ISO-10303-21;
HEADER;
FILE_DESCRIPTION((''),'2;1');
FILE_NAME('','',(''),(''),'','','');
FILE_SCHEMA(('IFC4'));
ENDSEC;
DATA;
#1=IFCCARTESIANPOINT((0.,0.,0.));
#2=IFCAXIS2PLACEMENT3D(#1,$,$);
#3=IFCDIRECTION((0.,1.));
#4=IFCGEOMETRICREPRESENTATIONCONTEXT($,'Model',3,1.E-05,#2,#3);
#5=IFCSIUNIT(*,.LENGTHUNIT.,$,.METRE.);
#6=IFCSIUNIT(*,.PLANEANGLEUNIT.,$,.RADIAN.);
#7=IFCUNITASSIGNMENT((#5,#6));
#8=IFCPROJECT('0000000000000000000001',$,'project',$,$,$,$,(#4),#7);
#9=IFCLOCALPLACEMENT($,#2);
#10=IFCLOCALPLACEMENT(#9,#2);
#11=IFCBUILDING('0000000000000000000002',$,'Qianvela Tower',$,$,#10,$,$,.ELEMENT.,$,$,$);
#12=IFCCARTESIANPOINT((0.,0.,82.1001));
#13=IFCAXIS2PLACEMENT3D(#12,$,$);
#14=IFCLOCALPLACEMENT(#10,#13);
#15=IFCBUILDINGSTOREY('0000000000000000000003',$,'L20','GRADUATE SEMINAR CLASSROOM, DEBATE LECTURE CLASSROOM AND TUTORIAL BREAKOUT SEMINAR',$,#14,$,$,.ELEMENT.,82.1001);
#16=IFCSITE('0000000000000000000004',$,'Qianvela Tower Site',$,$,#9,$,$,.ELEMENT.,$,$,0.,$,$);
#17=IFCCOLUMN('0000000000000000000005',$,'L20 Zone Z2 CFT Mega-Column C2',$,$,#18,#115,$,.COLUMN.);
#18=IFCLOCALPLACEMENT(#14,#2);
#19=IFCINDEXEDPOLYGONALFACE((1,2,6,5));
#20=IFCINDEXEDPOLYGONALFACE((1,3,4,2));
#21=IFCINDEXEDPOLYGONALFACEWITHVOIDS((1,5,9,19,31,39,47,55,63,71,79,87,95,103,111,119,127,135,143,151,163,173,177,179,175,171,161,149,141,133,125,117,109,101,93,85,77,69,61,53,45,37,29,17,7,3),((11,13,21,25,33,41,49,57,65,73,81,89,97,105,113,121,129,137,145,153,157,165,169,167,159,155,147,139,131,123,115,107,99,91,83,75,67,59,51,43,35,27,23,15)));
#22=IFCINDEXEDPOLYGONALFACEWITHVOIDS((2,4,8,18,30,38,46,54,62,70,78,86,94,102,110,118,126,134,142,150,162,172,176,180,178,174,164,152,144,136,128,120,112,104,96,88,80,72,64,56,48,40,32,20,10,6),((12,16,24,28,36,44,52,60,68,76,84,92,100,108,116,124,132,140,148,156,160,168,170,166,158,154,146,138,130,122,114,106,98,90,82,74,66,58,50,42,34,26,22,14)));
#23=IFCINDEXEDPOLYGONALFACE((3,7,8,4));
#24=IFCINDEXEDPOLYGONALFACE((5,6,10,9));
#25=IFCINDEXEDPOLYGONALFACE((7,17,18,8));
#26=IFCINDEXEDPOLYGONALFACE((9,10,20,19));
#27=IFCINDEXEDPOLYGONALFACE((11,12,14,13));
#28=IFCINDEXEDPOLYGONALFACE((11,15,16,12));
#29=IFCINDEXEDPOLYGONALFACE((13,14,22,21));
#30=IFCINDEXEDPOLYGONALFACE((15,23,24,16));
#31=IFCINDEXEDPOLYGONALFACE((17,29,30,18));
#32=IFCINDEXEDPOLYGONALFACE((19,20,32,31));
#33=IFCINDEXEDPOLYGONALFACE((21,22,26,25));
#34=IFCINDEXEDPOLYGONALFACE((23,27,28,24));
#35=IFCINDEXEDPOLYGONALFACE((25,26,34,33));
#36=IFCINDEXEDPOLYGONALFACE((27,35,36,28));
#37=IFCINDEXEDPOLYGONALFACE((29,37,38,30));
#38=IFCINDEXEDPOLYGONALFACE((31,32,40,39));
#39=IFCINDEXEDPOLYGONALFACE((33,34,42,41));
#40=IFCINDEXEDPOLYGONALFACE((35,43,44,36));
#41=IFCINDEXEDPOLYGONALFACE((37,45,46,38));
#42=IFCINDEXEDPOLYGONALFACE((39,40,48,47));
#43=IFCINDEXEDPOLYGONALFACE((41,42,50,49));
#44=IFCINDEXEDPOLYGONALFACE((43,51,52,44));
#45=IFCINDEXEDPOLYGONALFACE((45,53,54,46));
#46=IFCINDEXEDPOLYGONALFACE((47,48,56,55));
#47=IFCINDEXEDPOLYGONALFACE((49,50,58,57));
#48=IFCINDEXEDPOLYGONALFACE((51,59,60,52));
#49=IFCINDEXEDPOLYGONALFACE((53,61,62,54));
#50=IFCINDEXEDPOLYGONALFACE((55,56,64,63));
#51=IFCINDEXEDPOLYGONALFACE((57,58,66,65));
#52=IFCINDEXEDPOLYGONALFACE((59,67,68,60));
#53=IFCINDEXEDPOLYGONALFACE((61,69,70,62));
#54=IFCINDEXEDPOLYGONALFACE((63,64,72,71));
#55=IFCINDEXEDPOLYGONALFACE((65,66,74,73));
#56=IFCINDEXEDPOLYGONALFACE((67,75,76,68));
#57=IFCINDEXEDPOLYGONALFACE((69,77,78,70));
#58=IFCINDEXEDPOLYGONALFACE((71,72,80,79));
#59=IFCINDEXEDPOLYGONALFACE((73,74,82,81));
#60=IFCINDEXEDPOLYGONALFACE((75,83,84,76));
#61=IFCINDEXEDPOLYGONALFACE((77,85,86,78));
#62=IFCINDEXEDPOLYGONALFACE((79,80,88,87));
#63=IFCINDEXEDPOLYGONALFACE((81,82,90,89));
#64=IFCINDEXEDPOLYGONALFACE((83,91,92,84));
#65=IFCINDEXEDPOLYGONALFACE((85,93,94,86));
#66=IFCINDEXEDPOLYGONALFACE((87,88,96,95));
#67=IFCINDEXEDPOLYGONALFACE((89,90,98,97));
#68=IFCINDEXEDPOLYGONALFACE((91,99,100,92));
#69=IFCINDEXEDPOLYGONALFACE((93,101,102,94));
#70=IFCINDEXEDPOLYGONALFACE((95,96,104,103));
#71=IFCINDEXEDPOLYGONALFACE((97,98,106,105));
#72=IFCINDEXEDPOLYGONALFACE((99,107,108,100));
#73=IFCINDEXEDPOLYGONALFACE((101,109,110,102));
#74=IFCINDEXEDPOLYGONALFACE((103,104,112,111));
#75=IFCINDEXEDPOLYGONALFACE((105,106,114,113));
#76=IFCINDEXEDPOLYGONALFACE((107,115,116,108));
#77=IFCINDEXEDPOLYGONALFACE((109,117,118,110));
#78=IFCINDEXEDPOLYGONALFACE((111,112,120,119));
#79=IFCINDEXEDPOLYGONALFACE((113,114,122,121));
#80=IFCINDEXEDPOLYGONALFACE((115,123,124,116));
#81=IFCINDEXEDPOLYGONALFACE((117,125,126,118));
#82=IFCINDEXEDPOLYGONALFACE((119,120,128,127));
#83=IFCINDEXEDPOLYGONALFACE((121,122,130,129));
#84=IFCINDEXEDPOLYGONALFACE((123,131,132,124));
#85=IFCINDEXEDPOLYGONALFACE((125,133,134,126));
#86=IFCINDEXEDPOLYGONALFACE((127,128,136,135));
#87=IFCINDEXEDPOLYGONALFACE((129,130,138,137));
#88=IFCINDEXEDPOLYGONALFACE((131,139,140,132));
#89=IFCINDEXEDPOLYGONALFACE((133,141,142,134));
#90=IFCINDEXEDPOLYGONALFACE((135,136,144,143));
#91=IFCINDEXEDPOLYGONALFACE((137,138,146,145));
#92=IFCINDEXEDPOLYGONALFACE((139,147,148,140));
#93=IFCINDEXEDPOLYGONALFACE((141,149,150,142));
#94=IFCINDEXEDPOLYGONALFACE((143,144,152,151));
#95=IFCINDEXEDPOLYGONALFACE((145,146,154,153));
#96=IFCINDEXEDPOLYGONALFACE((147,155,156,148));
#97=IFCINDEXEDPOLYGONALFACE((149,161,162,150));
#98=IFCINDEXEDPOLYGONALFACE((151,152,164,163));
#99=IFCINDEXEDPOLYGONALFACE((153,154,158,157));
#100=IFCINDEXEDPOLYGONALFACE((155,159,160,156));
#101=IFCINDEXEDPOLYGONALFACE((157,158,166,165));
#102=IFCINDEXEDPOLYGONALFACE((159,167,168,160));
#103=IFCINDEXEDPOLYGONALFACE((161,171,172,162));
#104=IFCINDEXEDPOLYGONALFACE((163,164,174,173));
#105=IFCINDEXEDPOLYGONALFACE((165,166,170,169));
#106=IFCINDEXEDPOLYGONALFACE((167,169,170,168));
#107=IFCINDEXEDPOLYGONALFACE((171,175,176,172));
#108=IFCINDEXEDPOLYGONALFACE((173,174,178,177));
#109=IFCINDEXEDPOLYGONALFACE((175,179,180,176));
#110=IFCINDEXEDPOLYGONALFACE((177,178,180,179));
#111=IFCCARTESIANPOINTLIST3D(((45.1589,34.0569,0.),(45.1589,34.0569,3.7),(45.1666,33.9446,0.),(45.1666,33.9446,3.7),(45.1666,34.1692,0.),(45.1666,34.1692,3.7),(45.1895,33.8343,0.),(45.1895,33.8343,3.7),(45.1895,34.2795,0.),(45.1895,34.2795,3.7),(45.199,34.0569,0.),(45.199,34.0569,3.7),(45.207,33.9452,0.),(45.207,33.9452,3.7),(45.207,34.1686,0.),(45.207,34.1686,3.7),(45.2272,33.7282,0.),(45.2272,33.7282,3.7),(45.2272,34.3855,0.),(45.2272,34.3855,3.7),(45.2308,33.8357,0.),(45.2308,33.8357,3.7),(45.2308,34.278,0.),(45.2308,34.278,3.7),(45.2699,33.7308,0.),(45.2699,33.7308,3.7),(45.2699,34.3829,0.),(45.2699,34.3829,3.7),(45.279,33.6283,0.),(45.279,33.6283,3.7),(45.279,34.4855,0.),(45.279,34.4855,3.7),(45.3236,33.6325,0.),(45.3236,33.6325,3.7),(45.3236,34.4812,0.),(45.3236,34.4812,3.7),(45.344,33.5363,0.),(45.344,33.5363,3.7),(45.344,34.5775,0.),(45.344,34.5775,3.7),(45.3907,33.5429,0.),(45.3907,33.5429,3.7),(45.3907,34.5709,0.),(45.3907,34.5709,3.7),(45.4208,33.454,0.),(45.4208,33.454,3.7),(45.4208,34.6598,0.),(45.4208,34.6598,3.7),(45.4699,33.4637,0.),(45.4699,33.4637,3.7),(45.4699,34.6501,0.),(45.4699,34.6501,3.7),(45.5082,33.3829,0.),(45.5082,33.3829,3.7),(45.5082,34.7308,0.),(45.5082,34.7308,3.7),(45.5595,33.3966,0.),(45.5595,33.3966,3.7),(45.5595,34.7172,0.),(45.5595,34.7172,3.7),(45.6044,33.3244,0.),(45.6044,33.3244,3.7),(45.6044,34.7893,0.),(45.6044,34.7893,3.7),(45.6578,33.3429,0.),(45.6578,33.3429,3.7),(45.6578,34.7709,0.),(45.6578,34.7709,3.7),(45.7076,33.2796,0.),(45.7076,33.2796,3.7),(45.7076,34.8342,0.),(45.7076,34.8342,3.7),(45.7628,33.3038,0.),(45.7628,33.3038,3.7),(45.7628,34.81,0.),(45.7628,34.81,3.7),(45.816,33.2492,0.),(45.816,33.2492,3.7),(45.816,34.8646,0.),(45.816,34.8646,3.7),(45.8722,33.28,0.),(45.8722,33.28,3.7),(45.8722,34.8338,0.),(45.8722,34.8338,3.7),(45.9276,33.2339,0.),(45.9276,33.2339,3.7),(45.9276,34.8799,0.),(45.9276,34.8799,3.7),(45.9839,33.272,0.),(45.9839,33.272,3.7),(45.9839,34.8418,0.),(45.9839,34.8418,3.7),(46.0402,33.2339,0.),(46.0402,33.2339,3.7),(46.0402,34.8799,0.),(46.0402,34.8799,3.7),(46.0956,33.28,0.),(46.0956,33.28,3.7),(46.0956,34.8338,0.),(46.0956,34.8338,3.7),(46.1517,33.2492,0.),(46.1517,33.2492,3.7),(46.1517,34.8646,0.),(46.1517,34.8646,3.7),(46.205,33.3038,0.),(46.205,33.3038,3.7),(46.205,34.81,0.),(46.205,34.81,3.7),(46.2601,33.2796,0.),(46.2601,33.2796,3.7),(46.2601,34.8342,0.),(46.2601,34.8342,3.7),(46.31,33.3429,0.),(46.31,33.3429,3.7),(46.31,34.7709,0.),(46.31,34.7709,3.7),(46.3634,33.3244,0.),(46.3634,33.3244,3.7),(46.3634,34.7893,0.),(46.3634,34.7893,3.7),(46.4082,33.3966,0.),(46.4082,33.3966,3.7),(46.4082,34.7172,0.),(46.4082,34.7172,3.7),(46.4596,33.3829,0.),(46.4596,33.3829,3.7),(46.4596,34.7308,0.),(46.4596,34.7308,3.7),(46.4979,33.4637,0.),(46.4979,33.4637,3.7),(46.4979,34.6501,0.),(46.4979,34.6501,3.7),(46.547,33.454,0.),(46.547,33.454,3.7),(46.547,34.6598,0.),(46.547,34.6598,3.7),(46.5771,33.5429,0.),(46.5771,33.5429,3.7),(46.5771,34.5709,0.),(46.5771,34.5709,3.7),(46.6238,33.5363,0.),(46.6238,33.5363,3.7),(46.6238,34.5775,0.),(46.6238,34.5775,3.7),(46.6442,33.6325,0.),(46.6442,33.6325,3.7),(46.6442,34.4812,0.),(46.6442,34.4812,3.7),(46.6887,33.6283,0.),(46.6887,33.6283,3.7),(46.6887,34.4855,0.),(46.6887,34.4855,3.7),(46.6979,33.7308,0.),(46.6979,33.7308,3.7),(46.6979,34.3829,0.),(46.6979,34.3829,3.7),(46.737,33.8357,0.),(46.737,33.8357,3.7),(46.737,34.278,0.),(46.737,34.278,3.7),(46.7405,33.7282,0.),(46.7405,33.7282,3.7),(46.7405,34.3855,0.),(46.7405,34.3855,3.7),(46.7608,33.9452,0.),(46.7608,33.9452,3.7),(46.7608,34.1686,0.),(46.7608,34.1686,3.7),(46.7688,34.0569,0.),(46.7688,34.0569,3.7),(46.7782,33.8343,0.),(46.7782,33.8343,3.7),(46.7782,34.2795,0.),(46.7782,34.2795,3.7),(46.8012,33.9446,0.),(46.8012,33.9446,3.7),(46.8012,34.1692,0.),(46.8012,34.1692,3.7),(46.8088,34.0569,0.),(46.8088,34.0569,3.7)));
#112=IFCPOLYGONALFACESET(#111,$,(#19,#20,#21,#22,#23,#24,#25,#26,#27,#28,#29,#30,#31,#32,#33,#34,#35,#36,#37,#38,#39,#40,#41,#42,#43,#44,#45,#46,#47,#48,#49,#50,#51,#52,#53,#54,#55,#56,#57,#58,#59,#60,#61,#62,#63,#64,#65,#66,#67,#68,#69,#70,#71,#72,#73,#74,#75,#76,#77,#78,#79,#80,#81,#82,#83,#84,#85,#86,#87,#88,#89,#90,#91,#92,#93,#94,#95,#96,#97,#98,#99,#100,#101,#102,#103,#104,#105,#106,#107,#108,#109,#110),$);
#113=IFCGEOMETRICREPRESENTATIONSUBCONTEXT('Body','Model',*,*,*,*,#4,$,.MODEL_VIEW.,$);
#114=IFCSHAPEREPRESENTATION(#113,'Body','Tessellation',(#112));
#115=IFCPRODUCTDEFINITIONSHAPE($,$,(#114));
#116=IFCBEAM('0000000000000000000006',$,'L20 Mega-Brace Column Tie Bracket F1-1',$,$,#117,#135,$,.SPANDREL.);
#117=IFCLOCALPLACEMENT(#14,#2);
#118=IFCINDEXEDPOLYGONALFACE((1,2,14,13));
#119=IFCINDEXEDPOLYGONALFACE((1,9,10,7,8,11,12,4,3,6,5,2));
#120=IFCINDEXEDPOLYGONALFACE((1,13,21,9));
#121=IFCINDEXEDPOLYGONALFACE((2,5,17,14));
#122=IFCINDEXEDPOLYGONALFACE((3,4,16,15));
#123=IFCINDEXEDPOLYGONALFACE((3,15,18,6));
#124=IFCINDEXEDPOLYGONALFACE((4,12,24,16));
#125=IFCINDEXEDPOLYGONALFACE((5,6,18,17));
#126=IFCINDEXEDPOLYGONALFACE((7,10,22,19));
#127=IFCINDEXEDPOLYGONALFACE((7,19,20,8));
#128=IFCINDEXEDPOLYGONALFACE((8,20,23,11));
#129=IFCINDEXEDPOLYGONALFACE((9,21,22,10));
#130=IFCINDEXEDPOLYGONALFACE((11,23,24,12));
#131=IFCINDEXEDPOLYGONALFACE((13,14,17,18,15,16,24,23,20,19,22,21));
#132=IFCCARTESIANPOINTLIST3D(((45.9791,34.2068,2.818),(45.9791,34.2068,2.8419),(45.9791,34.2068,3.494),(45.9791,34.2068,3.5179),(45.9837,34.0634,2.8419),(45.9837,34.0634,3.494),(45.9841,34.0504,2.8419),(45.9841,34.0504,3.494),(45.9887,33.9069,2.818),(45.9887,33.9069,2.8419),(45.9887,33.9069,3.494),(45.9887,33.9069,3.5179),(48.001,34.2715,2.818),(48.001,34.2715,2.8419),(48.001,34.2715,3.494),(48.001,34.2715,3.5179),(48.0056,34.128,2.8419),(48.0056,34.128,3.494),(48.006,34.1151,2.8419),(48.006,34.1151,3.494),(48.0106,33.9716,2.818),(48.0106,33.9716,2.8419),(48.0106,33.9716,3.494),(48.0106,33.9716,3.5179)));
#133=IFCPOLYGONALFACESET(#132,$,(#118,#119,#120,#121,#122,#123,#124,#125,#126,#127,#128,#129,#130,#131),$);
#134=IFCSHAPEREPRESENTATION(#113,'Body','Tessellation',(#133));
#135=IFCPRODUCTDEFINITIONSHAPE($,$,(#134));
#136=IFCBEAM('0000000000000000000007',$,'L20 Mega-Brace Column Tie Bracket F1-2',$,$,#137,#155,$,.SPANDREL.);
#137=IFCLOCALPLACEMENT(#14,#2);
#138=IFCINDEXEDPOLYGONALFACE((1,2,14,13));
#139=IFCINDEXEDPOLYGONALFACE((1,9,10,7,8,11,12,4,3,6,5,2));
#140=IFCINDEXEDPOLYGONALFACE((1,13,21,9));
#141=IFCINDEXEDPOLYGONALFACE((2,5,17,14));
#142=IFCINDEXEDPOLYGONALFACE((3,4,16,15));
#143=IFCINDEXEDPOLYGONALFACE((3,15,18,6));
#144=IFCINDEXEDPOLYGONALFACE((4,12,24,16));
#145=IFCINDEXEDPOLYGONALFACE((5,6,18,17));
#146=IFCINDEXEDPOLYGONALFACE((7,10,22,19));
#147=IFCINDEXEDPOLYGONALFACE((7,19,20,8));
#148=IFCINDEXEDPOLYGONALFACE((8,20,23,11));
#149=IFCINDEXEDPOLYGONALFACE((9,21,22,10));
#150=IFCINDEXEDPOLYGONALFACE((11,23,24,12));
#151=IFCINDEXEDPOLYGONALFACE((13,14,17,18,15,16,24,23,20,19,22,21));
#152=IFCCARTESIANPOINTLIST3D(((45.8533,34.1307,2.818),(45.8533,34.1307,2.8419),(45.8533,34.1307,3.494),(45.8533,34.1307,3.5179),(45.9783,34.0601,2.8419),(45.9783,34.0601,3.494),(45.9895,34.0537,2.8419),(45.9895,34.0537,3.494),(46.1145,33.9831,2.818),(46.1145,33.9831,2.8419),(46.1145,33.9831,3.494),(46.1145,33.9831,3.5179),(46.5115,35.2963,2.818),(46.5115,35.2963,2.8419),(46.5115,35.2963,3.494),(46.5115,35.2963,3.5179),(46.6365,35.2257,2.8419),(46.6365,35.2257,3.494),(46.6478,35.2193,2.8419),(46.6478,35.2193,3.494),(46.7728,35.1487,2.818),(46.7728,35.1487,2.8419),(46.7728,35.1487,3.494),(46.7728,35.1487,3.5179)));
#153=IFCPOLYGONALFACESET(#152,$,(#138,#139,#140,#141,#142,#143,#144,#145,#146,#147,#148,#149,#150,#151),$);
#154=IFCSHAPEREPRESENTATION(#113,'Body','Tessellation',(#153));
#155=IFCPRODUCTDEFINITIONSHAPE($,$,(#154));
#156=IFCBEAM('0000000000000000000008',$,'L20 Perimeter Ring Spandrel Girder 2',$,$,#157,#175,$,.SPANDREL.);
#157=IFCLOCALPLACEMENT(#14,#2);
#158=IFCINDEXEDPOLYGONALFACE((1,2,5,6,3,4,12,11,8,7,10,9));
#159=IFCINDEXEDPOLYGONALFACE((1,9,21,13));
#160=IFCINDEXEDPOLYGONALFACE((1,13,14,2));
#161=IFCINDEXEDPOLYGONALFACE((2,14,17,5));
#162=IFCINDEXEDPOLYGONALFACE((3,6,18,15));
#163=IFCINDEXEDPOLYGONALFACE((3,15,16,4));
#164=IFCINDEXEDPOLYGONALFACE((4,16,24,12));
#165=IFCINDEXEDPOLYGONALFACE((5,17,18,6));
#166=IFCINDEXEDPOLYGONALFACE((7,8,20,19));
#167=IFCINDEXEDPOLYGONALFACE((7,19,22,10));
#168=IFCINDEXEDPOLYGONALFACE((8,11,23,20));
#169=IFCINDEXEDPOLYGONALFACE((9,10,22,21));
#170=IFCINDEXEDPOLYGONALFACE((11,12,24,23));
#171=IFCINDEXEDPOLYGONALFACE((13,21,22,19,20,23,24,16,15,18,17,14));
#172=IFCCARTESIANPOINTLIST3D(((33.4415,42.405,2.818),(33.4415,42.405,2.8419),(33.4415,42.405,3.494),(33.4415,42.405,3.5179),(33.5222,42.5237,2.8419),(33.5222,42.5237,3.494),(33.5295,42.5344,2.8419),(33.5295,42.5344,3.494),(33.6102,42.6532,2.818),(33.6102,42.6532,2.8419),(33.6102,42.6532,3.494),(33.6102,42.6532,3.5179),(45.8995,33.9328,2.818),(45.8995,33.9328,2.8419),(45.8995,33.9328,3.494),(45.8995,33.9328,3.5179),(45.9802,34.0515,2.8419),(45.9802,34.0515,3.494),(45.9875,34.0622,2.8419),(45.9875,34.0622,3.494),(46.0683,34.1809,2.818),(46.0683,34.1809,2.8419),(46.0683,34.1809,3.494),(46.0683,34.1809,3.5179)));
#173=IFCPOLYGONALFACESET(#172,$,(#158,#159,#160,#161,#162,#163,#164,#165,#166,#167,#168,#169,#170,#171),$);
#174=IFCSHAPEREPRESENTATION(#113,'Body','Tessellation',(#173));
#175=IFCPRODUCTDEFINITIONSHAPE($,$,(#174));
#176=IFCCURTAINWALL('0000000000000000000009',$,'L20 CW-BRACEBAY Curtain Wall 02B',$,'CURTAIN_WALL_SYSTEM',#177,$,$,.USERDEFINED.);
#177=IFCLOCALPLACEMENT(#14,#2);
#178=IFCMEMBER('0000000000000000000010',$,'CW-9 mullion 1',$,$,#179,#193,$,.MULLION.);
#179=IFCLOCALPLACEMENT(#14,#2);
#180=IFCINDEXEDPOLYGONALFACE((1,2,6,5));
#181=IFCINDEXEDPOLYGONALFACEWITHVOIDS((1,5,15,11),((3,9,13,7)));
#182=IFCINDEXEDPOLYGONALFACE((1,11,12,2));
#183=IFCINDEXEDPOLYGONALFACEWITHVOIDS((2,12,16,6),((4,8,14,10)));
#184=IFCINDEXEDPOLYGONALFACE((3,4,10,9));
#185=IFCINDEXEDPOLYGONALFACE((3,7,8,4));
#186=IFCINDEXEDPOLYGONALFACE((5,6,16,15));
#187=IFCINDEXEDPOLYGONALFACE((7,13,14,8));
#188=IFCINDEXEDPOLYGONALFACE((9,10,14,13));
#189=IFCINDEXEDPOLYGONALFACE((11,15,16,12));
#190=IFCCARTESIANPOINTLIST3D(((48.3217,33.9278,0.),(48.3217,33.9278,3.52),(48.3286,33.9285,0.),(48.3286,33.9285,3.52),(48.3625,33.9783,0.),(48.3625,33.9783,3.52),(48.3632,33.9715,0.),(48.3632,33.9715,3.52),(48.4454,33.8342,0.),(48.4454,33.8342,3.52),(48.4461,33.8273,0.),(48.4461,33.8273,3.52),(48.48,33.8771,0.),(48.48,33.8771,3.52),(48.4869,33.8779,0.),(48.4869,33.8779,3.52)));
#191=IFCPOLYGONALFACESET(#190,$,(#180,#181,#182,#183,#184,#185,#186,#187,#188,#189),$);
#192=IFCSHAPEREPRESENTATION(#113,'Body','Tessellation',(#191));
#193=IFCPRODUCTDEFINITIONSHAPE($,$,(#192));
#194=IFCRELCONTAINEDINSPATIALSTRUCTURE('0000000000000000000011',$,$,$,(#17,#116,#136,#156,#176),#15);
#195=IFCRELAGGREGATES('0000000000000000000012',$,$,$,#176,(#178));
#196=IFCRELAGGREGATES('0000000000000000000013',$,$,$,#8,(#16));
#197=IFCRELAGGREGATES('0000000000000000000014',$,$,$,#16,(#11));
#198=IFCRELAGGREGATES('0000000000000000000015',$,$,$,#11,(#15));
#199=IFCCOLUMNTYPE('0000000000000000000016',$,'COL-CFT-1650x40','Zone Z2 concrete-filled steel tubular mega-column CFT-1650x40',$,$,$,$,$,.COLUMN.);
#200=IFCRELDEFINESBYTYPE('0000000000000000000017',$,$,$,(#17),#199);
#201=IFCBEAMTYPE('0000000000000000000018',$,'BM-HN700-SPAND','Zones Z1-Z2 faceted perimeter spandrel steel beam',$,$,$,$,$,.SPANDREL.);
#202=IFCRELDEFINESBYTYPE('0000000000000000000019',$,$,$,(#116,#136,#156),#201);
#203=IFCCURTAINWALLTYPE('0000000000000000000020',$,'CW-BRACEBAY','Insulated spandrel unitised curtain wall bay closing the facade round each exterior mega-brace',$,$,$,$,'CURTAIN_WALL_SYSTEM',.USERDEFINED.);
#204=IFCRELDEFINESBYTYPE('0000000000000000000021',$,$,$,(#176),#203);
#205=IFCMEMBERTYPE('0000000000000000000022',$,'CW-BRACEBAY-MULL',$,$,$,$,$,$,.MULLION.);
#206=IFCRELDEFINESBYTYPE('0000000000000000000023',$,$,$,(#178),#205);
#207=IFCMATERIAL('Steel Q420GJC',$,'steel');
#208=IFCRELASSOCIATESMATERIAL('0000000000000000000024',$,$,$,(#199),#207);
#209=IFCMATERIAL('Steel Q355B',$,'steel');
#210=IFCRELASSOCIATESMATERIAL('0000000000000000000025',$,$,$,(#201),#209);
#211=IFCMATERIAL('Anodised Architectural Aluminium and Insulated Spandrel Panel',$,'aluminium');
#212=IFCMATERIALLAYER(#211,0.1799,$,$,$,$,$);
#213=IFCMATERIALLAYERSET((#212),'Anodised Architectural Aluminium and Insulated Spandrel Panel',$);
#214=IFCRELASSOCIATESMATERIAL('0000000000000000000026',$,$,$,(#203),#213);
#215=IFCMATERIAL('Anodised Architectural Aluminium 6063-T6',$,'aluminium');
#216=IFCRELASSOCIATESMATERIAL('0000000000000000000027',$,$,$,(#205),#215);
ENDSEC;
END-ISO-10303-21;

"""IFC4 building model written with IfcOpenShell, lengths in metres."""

from ifc_helpers import new_model, si_unit, direction, frame, origin, origin_2d, place, context, subcontext, project, spatial, hollow_rectangle, hollow_circle, i_section, extrude, material, layer, layer_set, material_profile, profile_set, type_object, element, aggregate, save


model = new_model("IFC4")

# Units and contexts
model_context = context("Model", 3, precision=1e-05, world=origin(), true_north=direction((0.0, 1.0)))
body_context = subcontext(model_context, "Body", "Model", "MODEL_VIEW")
ifc_project = project(units=[si_unit("LENGTHUNIT", "METRE"), si_unit("PLANEANGLEUNIT", "RADIAN")], contexts=[model_context])

# Site, building, storey
site_placement = place(None, origin())
site = spatial("IfcSite", under=ifc_project, at=site_placement, Name="Qianvela Tower Site", CompositionType="ELEMENT", RefElevation=0.0)
building_placement = place(site_placement, origin())
building = spatial("IfcBuilding", under=site, at=building_placement, Name="Qianvela Tower", CompositionType="ELEMENT")
storey_placement = place(building_placement, frame((0.0, 0.0, 82.1001)))
storey = spatial("IfcBuildingStorey", under=building, at=storey_placement, Name="L20", Description="GRADUATE SEMINAR CLASSROOM, DEBATE LECTURE CLASSROOM AND TUTORIAL BREAKOUT SEMINAR", CompositionType="ELEMENT", Elevation=82.1001)

# Column
ifc_material_1 = material(Name="Steel Q420GJC", Category="steel")
ifc_material_profile_1 = material_profile(ifc_material_1, hollow_circle(Radius=0.825, WallThickness=0.04, at=origin_2d()), Name="CFT-1650x40")
ifc_profile_set_1 = profile_set([ifc_material_profile_1], Name="Steel Q420GJC")
column_type = type_object("IfcColumnType", Name="COL-CFT-1650x40", Description="Zone Z2 concrete-filled steel tubular mega-column CFT-1650x40", PredefinedType="COLUMN", material=ifc_profile_set_1)
column_placement = place(storey_placement, frame((45.9839, 34.0569, 0.0), z_axis=(0.0, 0.0, 1.0), x_axis=(1.0, 0.0, 0.0)))
element("IfcColumn", 1, at=column_placement, inside=storey, type_object=column_type, Name="L20 Zone Z2 CFT Mega-Column C2", PredefinedType="COLUMN", context=body_context, shape_type="SweptSolid", body=[
    extrude(hollow_circle(Radius=0.825, WallThickness=0.04, at=origin_2d()), origin(), (0.0, 0.0, 1.0), 3.7),
])

# Beams
ifc_material_2 = material(Name="Steel Q355B", Category="steel")
ifc_material_profile_2 = material_profile(ifc_material_2, i_section(OverallWidth=0.3, OverallDepth=0.7, WebThickness=0.0129, FlangeThickness=0.0239, at=origin_2d()), Name="HN700x300x13x24")
ifc_profile_set_2 = profile_set([ifc_material_profile_2], Name="Steel Q355B")
beam_type = type_object("IfcBeamType", Name="BM-HN700-SPAND", Description="Zones Z1-Z2 faceted perimeter spandrel steel beam", PredefinedType="SPANDREL", material=ifc_profile_set_2)
beam_1_placement = place(storey_placement, frame((45.9839, 34.0569, 3.168), z_axis=(0.999488, 0.031981, 0.0), x_axis=(-0.031981, 0.999488, 0.0)))
element("IfcBeam", 2, at=beam_1_placement, inside=storey, type_object=beam_type, Name="L20 Mega-Brace Column Tie Bracket F1-1", PredefinedType="SPANDREL", context=body_context, shape_type="SweptSolid", body=[
    extrude(i_section(OverallWidth=0.3, OverallDepth=0.7, WebThickness=0.0129, FlangeThickness=0.0239, at=origin_2d()), origin(), (0.0, 0.0, 1.0), 2.0229),
])
beam_2_placement = place(storey_placement, frame((45.9839, 34.0569, 3.168), z_axis=(0.491733, 0.870746, 0.0), x_axis=(-0.870746, 0.491733, 0.0)))
element("IfcBeam", 3, at=beam_2_placement, inside=storey, type_object=beam_type, Name="L20 Mega-Brace Column Tie Bracket F1-2", PredefinedType="SPANDREL", context=body_context, shape_type="SweptSolid", body=[
    extrude(i_section(OverallWidth=0.3, OverallDepth=0.7, WebThickness=0.0129, FlangeThickness=0.0239, at=origin_2d()), origin(), (0.0, 0.0, 1.0), 1.3386),
])
beam_3_placement = place(storey_placement, frame((45.9839, 34.0569, 3.168), z_axis=(-0.826904, 0.562343, 0.0), x_axis=(-0.562343, -0.826904, 0.0)))
element("IfcBeam", 4, at=beam_3_placement, inside=storey, type_object=beam_type, Name="L20 Perimeter Ring Spandrel Girder 2", PredefinedType="SPANDREL", context=body_context, shape_type="SweptSolid", body=[
    extrude(i_section(OverallWidth=0.3, OverallDepth=0.7, WebThickness=0.0129, FlangeThickness=0.0239, at=origin_2d()), origin(), (0.0, 0.0, 1.0), 15.0659),
])

# Curtain wall, member
ifc_material_3 = material(Name="Anodised Architectural Aluminium and Insulated Spandrel Panel", Category="aluminium")
ifc_layer_1 = layer(ifc_material_3, 0.1799)
ifc_layer_set_1 = layer_set([ifc_layer_1], Name="Anodised Architectural Aluminium and Insulated Spandrel Panel")
curtain_wall_type_1 = type_object("IfcCurtainWallType", Name="CW-BRACEBAY", Description="Insulated spandrel unitised curtain wall bay closing the facade round each exterior mega-brace", ElementType="CURTAIN_WALL_SYSTEM", PredefinedType="USERDEFINED", material=ifc_layer_set_1)
curtain_wall_1_placement = place(storey_placement, origin())
curtain_wall_1 = element("IfcCurtainWall", 5, at=curtain_wall_1_placement, inside=storey, type_object=curtain_wall_type_1, Name="L20 CW-BRACEBAY Curtain Wall 02B", ObjectType="CURTAIN_WALL_SYSTEM", PredefinedType="USERDEFINED")
ifc_material_4 = material(Name="Anodised Architectural Aluminium 6063-T6", Category="aluminium")
ifc_material_profile_3 = material_profile(ifc_material_4, hollow_rectangle(XDim=0.0649, YDim=0.1599, WallThickness=0.0049, at=origin_2d()), Name="ALU-MULL-65x160")
ifc_profile_set_3 = profile_set([ifc_material_profile_3], Name="Anodised Architectural Aluminium 6063-T6")
member_type_1 = type_object("IfcMemberType", Name="CW-BRACEBAY-MULL", PredefinedType="MULLION", material=ifc_profile_set_3)
member_1_placement = place(storey_placement, frame((48.4043, 33.9028, 0.0), z_axis=(0.0, 0.0, 1.0), x_axis=(-0.628146, -0.778096, 0.0)))
member_1 = element("IfcMember", 6, at=member_1_placement, type_object=member_type_1, Name="CW-9 mullion 1", PredefinedType="MULLION", context=body_context, shape_type="SweptSolid", body=[
    extrude(hollow_rectangle(XDim=0.0649, YDim=0.1599, WallThickness=0.0049, at=origin_2d()), origin(), (0.0, 0.0, 1.0), 3.52),
])

aggregate(curtain_wall_1, [member_1])

save(model, "model.ifc")
